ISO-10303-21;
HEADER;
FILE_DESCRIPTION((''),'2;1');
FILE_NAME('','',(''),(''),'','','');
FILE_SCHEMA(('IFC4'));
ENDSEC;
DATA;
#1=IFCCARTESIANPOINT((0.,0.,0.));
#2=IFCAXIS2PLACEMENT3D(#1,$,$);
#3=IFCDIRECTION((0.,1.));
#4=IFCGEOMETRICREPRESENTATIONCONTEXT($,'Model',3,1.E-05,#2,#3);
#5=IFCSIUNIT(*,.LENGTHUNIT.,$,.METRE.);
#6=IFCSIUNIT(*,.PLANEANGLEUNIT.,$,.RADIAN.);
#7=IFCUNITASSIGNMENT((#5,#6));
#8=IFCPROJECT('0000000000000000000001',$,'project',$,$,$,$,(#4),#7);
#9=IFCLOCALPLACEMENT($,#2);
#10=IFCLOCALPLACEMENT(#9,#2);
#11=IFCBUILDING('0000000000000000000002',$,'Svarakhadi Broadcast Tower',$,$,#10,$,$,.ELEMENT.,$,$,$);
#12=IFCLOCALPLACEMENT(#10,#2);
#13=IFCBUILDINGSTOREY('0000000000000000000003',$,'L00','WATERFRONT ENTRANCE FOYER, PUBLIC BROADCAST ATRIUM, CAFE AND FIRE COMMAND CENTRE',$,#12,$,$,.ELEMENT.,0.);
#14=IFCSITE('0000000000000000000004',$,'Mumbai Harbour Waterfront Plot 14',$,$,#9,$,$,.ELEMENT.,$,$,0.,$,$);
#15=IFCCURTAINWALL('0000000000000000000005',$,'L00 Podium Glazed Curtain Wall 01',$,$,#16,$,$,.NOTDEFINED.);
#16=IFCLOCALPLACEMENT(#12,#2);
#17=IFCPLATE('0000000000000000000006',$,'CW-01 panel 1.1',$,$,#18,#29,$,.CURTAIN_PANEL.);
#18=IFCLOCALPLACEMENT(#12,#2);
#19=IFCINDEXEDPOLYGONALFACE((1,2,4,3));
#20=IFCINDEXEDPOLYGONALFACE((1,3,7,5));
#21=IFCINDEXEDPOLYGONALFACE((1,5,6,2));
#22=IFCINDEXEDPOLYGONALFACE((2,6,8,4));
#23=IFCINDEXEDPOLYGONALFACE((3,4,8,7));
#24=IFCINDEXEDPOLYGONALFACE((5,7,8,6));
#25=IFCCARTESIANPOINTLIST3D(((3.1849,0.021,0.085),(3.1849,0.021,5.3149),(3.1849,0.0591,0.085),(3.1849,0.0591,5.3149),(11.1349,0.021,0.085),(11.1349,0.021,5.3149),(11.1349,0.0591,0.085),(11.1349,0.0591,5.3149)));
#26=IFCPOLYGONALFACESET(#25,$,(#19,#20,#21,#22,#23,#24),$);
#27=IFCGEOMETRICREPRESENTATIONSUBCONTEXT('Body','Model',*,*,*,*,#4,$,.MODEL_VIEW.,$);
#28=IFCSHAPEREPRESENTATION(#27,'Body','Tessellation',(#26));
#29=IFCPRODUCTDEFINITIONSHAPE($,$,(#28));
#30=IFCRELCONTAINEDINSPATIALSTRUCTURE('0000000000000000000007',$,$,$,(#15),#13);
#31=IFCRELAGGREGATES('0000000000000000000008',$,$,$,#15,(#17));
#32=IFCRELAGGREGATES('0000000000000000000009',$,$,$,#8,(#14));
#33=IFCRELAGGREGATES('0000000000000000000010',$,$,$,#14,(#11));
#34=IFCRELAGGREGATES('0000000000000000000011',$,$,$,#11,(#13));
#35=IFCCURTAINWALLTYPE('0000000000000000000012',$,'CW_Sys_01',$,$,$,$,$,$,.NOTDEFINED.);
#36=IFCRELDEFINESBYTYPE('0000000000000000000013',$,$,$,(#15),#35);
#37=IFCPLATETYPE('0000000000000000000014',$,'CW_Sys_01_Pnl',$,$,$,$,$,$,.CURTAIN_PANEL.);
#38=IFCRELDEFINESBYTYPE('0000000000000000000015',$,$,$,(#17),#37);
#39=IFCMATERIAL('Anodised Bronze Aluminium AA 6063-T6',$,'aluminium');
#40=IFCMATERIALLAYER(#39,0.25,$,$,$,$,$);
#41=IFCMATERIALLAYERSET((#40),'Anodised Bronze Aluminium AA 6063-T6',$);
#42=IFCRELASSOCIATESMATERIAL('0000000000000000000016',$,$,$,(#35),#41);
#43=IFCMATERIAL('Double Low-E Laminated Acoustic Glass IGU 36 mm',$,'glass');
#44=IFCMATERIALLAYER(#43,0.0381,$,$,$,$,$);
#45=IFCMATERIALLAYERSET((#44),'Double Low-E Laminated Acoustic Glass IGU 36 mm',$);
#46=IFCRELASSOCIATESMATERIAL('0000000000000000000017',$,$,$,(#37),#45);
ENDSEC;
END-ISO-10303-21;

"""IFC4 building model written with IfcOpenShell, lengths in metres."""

from ifc_helpers import new_model, si_unit, direction, frame, origin, origin_2d, place, context, subcontext, project, spatial, rectangle, extrude, material, layer, layer_set, type_object, element, aggregate, save


model = new_model("IFC4")

# Units and contexts
model_context = context("Model", 3, precision=1e-05, world=origin(), true_north=direction((0.0, 1.0)))
body_context = subcontext(model_context, "Body", "Model", "MODEL_VIEW")
ifc_project = project(units=[si_unit("LENGTHUNIT", "METRE"), si_unit("PLANEANGLEUNIT", "RADIAN")], contexts=[model_context])

# Site, building, storey
site_placement = place(None, origin())
site = spatial("IfcSite", under=ifc_project, at=site_placement, Name="Mumbai Harbour Waterfront Plot 14", CompositionType="ELEMENT", RefElevation=0.0)
building_placement = place(site_placement, origin())
building = spatial("IfcBuilding", under=site, at=building_placement, Name="Svarakhadi Broadcast Tower", CompositionType="ELEMENT")
storey_placement = place(building_placement, origin())
storey = spatial("IfcBuildingStorey", under=building, at=storey_placement, Name="L00", Description="WATERFRONT ENTRANCE FOYER, PUBLIC BROADCAST ATRIUM, CAFE AND FIRE COMMAND CENTRE", CompositionType="ELEMENT", Elevation=0.0)

# Curtain wall
ifc_material_1 = material(Name="Anodised Bronze Aluminium AA 6063-T6", Category="aluminium")
ifc_layer_1 = layer(ifc_material_1, 0.25)
ifc_layer_set_1 = layer_set([ifc_layer_1], Name="Anodised Bronze Aluminium AA 6063-T6")
curtain_wall_type = type_object("IfcCurtainWallType", Name="CW_Sys_01", PredefinedType="NOTDEFINED", material=ifc_layer_set_1)
curtain_wall_placement = place(storey_placement, origin())
curtain_wall = element("IfcCurtainWall", 1, at=curtain_wall_placement, inside=storey, type_object=curtain_wall_type, Name="L00 Podium Glazed Curtain Wall 01", PredefinedType="NOTDEFINED")

# Plate
ifc_material_2 = material(Name="Double Low-E Laminated Acoustic Glass IGU 36 mm", Category="glass")
ifc_layer_2 = layer(ifc_material_2, 0.0381)
ifc_layer_set_2 = layer_set([ifc_layer_2], Name="Double Low-E Laminated Acoustic Glass IGU 36 mm")
plate_type = type_object("IfcPlateType", Name="CW_Sys_01_Pnl", PredefinedType="CURTAIN_PANEL", material=ifc_layer_set_2)
plate_placement = place(storey_placement, frame((7.1599, 0.04, 0.085), z_axis=(0.0, 0.0, 1.0), x_axis=(-1.0, 0.0, 0.0)))
plate = element("IfcPlate", 2, at=plate_placement, type_object=plate_type, Name="CW-01 panel 1.1", PredefinedType="CURTAIN_PANEL", context=body_context, shape_type="SweptSolid", body=[
    extrude(rectangle(XDim=7.95, YDim=0.0381, at=origin_2d()), origin(), (0.0, 0.0, 1.0), 5.23),
])
aggregate(curtain_wall, [plate])

save(model, "model.ifc")
